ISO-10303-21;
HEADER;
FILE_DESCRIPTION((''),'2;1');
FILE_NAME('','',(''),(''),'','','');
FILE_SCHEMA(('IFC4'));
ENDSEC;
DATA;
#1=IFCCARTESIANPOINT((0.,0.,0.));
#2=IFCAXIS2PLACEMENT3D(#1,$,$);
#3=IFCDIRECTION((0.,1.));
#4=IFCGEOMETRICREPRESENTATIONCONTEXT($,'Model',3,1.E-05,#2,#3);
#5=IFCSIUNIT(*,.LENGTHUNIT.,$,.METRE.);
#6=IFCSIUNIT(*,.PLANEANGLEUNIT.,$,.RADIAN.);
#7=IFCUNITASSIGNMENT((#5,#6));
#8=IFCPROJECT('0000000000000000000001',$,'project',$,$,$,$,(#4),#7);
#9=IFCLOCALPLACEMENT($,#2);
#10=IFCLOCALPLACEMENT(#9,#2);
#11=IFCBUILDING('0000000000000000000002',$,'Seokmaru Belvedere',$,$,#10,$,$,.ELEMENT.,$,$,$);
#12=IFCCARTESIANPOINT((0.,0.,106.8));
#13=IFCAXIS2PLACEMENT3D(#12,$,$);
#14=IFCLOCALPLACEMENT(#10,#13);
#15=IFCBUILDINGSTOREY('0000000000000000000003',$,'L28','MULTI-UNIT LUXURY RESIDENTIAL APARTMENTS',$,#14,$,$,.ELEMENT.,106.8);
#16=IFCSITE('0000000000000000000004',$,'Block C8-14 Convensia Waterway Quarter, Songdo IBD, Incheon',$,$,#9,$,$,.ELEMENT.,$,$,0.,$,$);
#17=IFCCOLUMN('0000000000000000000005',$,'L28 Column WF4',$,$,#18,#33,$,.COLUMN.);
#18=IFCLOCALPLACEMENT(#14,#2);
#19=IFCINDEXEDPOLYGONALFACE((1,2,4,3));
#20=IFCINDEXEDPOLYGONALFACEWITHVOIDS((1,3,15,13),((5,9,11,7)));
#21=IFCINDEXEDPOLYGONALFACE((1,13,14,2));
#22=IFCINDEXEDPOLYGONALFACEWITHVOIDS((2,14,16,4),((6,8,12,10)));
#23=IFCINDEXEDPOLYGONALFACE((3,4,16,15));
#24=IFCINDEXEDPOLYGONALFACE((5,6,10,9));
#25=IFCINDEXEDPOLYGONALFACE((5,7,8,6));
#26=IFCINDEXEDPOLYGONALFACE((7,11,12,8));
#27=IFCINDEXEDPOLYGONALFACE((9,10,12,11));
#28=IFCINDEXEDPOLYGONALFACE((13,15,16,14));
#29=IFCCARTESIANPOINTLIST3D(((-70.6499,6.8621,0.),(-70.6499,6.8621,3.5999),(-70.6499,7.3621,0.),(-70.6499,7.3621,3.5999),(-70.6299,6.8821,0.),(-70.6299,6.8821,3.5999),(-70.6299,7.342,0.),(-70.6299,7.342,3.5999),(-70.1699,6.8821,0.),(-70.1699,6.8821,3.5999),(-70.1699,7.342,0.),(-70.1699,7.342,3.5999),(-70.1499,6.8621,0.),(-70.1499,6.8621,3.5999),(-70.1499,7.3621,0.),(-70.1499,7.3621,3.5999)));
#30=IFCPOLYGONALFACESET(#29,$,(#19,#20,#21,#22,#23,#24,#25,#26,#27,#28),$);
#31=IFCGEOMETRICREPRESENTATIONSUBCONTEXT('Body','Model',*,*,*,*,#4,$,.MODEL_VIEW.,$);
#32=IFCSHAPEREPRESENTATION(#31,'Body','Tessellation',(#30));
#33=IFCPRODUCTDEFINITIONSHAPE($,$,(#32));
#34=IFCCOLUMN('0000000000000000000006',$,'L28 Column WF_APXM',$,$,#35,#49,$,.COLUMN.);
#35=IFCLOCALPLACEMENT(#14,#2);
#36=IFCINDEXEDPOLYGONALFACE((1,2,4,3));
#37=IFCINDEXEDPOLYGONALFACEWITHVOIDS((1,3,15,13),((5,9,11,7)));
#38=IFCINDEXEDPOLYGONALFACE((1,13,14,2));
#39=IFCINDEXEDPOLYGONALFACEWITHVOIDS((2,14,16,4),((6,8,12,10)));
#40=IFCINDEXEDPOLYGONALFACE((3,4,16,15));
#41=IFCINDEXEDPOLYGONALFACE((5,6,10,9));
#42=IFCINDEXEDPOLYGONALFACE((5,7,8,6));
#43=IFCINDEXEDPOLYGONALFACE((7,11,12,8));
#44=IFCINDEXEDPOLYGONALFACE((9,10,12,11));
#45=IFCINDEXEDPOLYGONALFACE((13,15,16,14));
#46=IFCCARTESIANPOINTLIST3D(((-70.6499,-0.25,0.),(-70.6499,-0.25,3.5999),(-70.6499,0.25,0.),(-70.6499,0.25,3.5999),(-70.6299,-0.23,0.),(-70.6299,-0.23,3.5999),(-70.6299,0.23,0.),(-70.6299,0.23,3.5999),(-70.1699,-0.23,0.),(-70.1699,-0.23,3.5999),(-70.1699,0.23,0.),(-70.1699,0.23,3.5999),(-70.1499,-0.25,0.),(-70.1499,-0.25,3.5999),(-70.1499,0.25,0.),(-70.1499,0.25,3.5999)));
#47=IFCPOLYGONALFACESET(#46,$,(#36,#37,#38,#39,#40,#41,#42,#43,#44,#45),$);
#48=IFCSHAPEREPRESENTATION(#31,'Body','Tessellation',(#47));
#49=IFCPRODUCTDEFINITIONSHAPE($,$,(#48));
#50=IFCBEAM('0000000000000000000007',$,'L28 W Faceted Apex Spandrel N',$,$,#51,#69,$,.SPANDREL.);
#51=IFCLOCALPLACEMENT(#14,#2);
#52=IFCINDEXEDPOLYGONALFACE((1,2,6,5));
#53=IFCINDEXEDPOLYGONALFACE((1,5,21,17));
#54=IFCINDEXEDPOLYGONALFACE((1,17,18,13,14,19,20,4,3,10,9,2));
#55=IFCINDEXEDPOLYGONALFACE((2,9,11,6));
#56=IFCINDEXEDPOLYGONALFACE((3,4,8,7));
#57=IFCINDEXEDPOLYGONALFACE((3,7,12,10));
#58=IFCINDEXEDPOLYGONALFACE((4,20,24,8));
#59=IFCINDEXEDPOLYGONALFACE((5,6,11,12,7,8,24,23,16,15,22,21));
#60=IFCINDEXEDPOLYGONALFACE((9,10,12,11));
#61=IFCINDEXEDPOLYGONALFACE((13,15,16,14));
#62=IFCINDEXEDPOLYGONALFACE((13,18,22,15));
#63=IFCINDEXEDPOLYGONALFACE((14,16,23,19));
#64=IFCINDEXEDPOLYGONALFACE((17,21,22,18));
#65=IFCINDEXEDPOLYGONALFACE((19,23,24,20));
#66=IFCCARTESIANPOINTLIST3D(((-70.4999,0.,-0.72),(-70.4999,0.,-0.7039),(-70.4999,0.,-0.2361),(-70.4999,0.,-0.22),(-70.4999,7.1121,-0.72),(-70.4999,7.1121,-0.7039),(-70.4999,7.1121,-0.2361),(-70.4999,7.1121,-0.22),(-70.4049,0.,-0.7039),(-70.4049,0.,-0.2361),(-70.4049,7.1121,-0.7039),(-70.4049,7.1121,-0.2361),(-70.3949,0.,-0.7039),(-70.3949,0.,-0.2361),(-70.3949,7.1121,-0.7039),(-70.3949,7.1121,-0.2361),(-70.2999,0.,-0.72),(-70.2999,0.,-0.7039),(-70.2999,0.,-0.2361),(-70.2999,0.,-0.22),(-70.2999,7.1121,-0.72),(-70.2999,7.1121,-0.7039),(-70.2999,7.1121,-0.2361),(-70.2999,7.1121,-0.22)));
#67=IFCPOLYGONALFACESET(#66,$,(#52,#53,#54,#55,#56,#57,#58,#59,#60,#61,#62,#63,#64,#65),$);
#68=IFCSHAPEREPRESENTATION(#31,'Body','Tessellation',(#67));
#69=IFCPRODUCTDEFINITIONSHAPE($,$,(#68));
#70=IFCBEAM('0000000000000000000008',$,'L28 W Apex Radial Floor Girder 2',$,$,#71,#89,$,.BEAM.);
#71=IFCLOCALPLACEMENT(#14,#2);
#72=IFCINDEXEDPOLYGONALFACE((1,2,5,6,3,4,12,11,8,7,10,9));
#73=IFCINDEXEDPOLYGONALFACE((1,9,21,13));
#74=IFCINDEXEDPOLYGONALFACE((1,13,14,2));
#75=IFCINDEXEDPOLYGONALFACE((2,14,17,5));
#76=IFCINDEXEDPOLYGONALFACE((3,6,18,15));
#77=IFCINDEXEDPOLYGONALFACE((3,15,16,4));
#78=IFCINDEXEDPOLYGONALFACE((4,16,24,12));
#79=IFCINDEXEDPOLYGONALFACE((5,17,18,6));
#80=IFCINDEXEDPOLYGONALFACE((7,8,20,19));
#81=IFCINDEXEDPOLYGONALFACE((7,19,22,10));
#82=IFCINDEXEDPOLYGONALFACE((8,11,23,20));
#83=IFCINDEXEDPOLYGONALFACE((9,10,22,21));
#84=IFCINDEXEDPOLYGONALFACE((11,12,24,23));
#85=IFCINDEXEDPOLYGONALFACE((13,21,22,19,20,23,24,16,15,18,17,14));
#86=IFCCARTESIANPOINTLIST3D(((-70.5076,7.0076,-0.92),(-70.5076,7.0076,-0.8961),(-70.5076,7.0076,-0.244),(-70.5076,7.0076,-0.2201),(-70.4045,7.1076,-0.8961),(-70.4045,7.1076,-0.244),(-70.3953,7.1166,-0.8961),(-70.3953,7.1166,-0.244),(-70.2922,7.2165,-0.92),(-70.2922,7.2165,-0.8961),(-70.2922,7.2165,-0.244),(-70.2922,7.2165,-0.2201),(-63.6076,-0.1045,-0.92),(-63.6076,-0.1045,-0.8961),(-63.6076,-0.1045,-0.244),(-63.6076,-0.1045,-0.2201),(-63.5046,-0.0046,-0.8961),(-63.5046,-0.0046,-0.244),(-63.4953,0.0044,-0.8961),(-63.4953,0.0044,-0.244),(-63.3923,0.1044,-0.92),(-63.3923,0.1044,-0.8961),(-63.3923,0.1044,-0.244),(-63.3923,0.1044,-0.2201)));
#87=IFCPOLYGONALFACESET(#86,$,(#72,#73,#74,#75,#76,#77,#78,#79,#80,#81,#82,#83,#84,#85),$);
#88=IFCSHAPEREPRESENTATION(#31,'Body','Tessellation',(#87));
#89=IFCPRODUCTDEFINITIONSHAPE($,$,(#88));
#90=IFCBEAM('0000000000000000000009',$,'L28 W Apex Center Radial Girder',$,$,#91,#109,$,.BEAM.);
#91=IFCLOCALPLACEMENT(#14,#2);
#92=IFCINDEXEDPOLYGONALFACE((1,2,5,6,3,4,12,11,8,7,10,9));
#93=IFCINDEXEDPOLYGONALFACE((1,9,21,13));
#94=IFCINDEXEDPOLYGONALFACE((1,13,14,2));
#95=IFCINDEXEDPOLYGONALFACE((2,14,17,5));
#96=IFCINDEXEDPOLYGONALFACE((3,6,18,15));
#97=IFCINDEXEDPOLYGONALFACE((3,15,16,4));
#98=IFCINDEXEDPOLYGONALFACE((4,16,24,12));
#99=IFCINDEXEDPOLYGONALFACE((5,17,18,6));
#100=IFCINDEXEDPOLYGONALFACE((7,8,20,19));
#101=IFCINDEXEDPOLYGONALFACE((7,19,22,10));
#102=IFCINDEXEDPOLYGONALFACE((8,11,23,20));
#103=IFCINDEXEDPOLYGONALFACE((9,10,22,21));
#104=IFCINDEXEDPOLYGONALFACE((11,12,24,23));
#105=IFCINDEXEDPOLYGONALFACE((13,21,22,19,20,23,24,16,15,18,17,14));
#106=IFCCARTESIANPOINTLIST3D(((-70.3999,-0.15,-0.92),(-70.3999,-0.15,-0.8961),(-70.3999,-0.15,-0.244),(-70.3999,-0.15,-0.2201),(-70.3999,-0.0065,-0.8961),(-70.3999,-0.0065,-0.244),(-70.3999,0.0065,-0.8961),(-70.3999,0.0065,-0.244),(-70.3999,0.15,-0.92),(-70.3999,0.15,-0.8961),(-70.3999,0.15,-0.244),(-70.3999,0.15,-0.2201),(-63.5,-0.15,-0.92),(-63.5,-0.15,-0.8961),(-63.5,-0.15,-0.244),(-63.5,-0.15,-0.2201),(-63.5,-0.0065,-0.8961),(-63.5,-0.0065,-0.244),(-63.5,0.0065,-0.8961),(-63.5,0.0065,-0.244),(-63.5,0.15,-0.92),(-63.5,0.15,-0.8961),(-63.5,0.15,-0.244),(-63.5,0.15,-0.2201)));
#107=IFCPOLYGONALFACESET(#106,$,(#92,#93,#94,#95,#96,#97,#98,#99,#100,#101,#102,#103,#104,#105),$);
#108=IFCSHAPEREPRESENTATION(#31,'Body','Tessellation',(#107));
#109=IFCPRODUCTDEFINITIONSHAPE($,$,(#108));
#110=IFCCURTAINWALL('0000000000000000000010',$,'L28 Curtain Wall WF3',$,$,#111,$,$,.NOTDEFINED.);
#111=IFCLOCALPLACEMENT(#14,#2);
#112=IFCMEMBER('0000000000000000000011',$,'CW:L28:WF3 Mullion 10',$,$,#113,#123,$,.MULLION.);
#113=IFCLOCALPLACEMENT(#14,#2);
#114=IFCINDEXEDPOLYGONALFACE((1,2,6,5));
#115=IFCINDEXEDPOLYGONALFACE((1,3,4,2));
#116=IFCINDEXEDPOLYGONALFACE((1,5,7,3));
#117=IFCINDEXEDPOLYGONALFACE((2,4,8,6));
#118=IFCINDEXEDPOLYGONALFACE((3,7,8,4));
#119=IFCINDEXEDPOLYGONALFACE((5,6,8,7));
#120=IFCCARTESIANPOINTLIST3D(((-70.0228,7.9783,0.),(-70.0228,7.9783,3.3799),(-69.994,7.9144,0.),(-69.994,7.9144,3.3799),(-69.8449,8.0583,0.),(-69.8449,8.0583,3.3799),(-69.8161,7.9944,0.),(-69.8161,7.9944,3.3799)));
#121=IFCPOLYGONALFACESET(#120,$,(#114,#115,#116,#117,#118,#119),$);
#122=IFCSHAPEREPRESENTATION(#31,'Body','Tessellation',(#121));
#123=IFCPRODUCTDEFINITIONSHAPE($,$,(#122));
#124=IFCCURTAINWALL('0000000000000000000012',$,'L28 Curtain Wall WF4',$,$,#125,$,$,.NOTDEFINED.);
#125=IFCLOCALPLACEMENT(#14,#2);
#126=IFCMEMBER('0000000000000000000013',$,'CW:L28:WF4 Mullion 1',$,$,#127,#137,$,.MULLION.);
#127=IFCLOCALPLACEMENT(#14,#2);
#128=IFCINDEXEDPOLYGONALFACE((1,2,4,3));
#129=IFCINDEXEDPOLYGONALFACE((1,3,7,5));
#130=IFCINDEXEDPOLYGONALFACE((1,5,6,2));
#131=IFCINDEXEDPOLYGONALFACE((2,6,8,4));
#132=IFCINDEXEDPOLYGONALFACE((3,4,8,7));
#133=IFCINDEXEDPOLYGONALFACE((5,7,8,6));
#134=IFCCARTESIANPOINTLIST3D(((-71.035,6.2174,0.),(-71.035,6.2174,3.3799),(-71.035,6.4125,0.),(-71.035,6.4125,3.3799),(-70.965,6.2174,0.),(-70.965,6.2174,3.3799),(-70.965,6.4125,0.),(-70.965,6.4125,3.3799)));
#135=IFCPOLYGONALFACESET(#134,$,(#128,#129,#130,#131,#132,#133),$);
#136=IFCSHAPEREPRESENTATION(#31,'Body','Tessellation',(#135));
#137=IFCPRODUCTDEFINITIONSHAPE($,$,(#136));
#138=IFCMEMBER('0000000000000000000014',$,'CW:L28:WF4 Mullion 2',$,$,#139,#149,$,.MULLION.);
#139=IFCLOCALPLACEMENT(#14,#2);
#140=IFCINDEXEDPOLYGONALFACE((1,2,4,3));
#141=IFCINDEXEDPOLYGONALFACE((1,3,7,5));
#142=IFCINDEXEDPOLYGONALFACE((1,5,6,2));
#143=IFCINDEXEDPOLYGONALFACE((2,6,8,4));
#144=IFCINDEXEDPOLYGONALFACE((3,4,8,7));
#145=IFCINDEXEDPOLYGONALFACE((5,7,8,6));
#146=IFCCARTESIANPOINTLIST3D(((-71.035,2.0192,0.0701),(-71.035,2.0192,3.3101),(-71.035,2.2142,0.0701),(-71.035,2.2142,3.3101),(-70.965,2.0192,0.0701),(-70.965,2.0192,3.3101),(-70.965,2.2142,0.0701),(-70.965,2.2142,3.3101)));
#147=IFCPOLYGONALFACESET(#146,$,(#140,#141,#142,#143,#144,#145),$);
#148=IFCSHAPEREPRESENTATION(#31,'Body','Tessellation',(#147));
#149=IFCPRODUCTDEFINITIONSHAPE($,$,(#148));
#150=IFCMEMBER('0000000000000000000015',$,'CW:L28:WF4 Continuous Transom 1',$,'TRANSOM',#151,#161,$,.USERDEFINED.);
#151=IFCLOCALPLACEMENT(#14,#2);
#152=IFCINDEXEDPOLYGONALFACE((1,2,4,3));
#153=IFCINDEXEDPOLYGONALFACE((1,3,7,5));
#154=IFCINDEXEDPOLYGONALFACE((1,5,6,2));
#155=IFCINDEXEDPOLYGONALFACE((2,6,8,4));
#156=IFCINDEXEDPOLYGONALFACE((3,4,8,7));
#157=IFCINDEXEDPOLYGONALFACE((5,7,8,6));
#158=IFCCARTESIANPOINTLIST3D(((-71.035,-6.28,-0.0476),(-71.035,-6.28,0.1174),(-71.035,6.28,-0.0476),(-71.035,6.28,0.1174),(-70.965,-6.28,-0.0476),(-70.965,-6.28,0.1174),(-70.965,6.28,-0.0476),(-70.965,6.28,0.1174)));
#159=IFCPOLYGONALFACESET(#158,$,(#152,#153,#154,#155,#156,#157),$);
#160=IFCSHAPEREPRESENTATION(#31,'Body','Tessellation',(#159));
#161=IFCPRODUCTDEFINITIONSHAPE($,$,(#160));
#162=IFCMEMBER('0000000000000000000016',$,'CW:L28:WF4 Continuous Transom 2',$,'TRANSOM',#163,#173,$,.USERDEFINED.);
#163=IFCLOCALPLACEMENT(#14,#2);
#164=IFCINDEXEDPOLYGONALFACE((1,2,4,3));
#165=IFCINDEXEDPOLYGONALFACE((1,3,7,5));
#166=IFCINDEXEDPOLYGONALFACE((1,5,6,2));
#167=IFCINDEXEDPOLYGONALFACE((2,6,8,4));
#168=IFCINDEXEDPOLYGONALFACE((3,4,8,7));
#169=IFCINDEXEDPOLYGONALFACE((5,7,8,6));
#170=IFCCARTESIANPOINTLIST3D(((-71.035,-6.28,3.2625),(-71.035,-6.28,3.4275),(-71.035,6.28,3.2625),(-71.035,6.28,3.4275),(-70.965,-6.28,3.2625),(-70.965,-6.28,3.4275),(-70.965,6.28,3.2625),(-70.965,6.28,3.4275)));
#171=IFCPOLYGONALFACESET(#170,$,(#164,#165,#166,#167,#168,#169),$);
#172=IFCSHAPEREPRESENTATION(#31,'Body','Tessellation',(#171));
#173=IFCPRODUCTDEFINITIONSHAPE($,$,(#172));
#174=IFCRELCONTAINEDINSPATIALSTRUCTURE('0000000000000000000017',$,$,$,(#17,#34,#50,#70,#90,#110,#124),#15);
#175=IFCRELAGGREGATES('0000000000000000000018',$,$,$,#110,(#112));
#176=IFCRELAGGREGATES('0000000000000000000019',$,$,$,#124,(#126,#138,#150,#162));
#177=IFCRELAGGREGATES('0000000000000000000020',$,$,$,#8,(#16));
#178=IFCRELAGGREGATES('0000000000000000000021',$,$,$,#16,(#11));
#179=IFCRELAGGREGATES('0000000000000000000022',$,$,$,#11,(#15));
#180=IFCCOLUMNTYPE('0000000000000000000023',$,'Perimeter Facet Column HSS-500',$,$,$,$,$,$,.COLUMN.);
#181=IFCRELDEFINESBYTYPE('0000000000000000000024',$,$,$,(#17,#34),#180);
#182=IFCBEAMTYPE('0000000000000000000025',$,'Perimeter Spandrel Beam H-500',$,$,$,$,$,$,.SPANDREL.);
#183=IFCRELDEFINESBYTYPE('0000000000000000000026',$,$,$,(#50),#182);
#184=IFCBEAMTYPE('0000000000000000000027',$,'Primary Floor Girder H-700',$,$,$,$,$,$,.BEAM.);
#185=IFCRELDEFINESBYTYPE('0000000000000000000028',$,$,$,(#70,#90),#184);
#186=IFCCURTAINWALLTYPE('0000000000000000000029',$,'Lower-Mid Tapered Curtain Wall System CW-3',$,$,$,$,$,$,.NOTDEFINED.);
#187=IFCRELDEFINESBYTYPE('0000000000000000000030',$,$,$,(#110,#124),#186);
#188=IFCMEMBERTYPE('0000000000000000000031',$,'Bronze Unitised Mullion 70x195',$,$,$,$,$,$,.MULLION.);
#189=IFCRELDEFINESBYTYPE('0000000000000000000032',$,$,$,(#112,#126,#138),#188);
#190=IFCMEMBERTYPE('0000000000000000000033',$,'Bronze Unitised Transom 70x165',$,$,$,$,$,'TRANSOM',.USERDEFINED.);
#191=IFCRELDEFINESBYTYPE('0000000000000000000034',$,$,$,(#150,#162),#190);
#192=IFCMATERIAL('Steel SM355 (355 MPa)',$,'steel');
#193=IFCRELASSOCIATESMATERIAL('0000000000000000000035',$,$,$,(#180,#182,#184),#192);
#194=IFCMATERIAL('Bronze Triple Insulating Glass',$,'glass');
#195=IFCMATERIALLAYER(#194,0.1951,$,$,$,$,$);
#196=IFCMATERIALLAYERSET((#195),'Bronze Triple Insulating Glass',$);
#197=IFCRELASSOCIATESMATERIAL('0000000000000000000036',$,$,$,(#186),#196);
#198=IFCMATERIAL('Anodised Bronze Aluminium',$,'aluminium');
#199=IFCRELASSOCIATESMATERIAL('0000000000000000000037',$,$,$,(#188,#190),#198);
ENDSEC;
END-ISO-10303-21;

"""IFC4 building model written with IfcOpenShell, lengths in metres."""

from ifc_helpers import new_model, si_unit, direction, frame, origin, origin_2d, place, context, subcontext, project, spatial, rectangle, hollow_rectangle, i_section, extrude, source, transform, mapped, material, layer, layer_set, material_profile, profile_set, type_object, type_shapes, element, aggregate, save


model = new_model("IFC4")

# Units and contexts
model_context = context("Model", 3, precision=1e-05, world=origin(), true_north=direction((0.0, 1.0)))
body_context = subcontext(model_context, "Body", "Model", "MODEL_VIEW")
ifc_project = project(units=[si_unit("LENGTHUNIT", "METRE"), si_unit("PLANEANGLEUNIT", "RADIAN")], contexts=[model_context])

# Site, building, storey
site_placement = place(None, origin())
site = spatial("IfcSite", under=ifc_project, at=site_placement, Name="Block C8-14 Convensia Waterway Quarter, Songdo IBD, Incheon", CompositionType="ELEMENT", RefElevation=0.0)
building_placement = place(site_placement, origin())
building = spatial("IfcBuilding", under=site, at=building_placement, Name="Seokmaru Belvedere", CompositionType="ELEMENT")
storey_placement = place(building_placement, frame((0.0, 0.0, 106.8)))
storey = spatial("IfcBuildingStorey", under=building, at=storey_placement, Name="L28", Description="MULTI-UNIT LUXURY RESIDENTIAL APARTMENTS", CompositionType="ELEMENT", Elevation=106.8)

# Columns
ifc_material_1 = material(Name="Steel SM355 (355 MPa)", Category="steel")
ifc_material_profile_1 = material_profile(ifc_material_1, hollow_rectangle(XDim=0.5, YDim=0.5, WallThickness=0.02, at=origin_2d()), Name="HSS-500x500x20")
ifc_profile_set_1 = profile_set([ifc_material_profile_1], Name="Steel SM355 (355 MPa)")
column_type = type_object("IfcColumnType", Name="Perimeter Facet Column HSS-500", PredefinedType="COLUMN", material=ifc_profile_set_1)
shared_shape_1 = source(origin(), body_context, "Body", "SweptSolid", [
    extrude(hollow_rectangle(XDim=0.5, YDim=0.5, WallThickness=0.02, at=origin_2d()), origin(), (0.0, 0.0, 1.0), 3.5999),
])
type_shapes(column_type, [shared_shape_1])
for number, where, z_axis, x_axis, name in (
    (1, (-70.3999, 7.1121, 0.0), (0.0, 0.0, 1.0), (1.0, 0.0, 0.0), "L28 Column WF4"),
    (2, (-70.3999, 0.0, 0.0), (0.0, 0.0, 1.0), (1.0, 0.0, 0.0), "L28 Column WF_APXM"),
):
    element("IfcColumn", number, at=place(storey_placement, frame(where, z_axis=z_axis, x_axis=x_axis)), inside=storey, type_object=column_type, Name=name, PredefinedType="COLUMN", context=body_context, shape_type="MappedRepresentation", body=[
        mapped(shared_shape_1, transform((0.0, 0.0, 0.0), scale=1.0)),
    ])

# Beams
ifc_material_profile_2 = material_profile(ifc_material_1, i_section(OverallWidth=0.2, OverallDepth=0.5, WebThickness=0.01, FlangeThickness=0.0161, at=origin_2d()), Name="H-500x200x10x16")
ifc_profile_set_2 = profile_set([ifc_material_profile_2], Name="Steel SM355 (355 MPa)")
beam_type_1 = type_object("IfcBeamType", Name="Perimeter Spandrel Beam H-500", PredefinedType="SPANDREL", material=ifc_profile_set_2)
shared_shape_2 = source(origin(), body_context, "Body", "SweptSolid", [
    extrude(i_section(OverallWidth=0.2, OverallDepth=0.5, WebThickness=0.01, FlangeThickness=0.0161, at=origin_2d()), origin(), (0.0, 0.0, 1.0), 7.1121),
])
type_shapes(beam_type_1, [shared_shape_2])
beam_1_placement = place(storey_placement, frame((-70.3999, 0.0, -0.47), z_axis=(0.0, 1.0, 0.0), x_axis=(-1.0, 0.0, 0.0)))
element("IfcBeam", 3, at=beam_1_placement, inside=storey, type_object=beam_type_1, Name="L28 W Faceted Apex Spandrel N", PredefinedType="SPANDREL", context=body_context, shape_type="MappedRepresentation", body=[
    mapped(shared_shape_2, transform((0.0, 0.0, 0.0), scale=1.0)),
])
ifc_material_profile_3 = material_profile(ifc_material_1, i_section(OverallWidth=0.3, OverallDepth=0.7, WebThickness=0.0129, FlangeThickness=0.0239, at=origin_2d()), Name="H-700x300x13x24")
ifc_profile_set_3 = profile_set([ifc_material_profile_3], Name="Steel SM355 (355 MPa)")
beam_type_2 = type_object("IfcBeamType", Name="Primary Floor Girder H-700", PredefinedType="BEAM", material=ifc_profile_set_3)
shared_shape_3 = source(origin(), body_context, "Body", "SweptSolid", [
    extrude(i_section(OverallWidth=0.3, OverallDepth=0.7, WebThickness=0.0129, FlangeThickness=0.0239, at=origin_2d()), origin(), (0.0, 0.0, 1.0), 9.9092),
])
beam_2_placement = place(storey_placement, frame((-70.3999, 7.1121, -0.5701), z_axis=(0.696321, -0.717731, 0.0), x_axis=(0.717731, 0.696321, 0.0)))
element("IfcBeam", 4, at=beam_2_placement, inside=storey, type_object=beam_type_2, Name="L28 W Apex Radial Floor Girder 2", PredefinedType="BEAM", context=body_context, shape_type="MappedRepresentation", body=[
    mapped(shared_shape_3, transform((0.0, 0.0, 0.0), scale=1.0)),
])
shared_shape_4 = source(origin(), body_context, "Body", "SweptSolid", [
    extrude(i_section(OverallWidth=0.3, OverallDepth=0.7, WebThickness=0.0129, FlangeThickness=0.0239, at=origin_2d()), origin(), (0.0, 0.0, 1.0), 6.8999),
])
type_shapes(beam_type_2, [shared_shape_3, shared_shape_4])
beam_3_placement = place(storey_placement, frame((-70.3999, 0.0, -0.5701), z_axis=(1.0, 0.0, 0.0), x_axis=(0.0, 1.0, 0.0)))
element("IfcBeam", 5, at=beam_3_placement, inside=storey, type_object=beam_type_2, Name="L28 W Apex Center Radial Girder", PredefinedType="BEAM", context=body_context, shape_type="MappedRepresentation", body=[
    mapped(shared_shape_4, transform((0.0, 0.0, 0.0), scale=1.0)),
])

# Curtain wall, member
ifc_material_2 = material(Name="Bronze Triple Insulating Glass", Category="glass")
ifc_layer_1 = layer(ifc_material_2, 0.1951)
ifc_layer_set_1 = layer_set([ifc_layer_1], Name="Bronze Triple Insulating Glass")
curtain_wall_type = type_object("IfcCurtainWallType", Name="Lower-Mid Tapered Curtain Wall System CW-3", PredefinedType="NOTDEFINED", material=ifc_layer_set_1)
curtain_wall_1_placement = place(storey_placement, origin())
curtain_wall_1 = element("IfcCurtainWall", 6, at=curtain_wall_1_placement, inside=storey, type_object=curtain_wall_type, Name="L28 Curtain Wall WF3", PredefinedType="NOTDEFINED")
ifc_material_3 = material(Name="Anodised Bronze Aluminium", Category="aluminium")
ifc_material_profile_4 = material_profile(ifc_material_3, rectangle(XDim=0.0701, YDim=0.1951, at=origin_2d()), Name="CW-M-70x195")
ifc_profile_set_4 = profile_set([ifc_material_profile_4], Name="Anodised Bronze Aluminium")
member_type_1 = type_object("IfcMemberType", Name="Bronze Unitised Mullion 70x195", PredefinedType="MULLION", material=ifc_profile_set_4)
shared_shape_5 = source(origin(), body_context, "Body", "SweptSolid", [
    extrude(rectangle(XDim=0.0701, YDim=0.1951, at=origin_2d()), origin(), (0.0, 0.0, 1.0), 3.3799),
])
member_1_placement = place(storey_placement, frame((-69.9194, 7.9863, 0.0), z_axis=(0.0, 0.0, 1.0), x_axis=(0.410366, -0.911921, 0.0)))
member_1 = element("IfcMember", 7, at=member_1_placement, type_object=member_type_1, Name="CW:L28:WF3 Mullion 10", PredefinedType="MULLION", context=body_context, shape_type="MappedRepresentation", body=[
    mapped(shared_shape_5, transform((0.0, 0.0, 0.0), scale=1.0)),
])
aggregate(curtain_wall_1, [member_1])

# Curtain wall, members
curtain_wall_2_placement = place(storey_placement, origin())
curtain_wall_2 = element("IfcCurtainWall", 8, at=curtain_wall_2_placement, inside=storey, type_object=curtain_wall_type, Name="L28 Curtain Wall WF4", PredefinedType="NOTDEFINED")
member_2_placement = place(storey_placement, frame((-71.0, 6.3149, 0.0), z_axis=(0.0, 0.0, 1.0), x_axis=(1.0, 0.0, 0.0)))
member_2 = element("IfcMember", 9, at=member_2_placement, type_object=member_type_1, Name="CW:L28:WF4 Mullion 1", PredefinedType="MULLION", context=body_context, shape_type="MappedRepresentation", body=[
    mapped(shared_shape_5, transform((0.0, 0.0, 0.0), scale=1.0)),
])
shared_shape_6 = source(origin(), body_context, "Body", "SweptSolid", [
    extrude(rectangle(XDim=0.0701, YDim=0.1951, at=origin_2d()), origin(), (0.0, 0.0, 1.0), 3.24),
])
type_shapes(member_type_1, [shared_shape_5, shared_shape_6])
member_3_placement = place(storey_placement, frame((-71.0, 2.1167, 0.0701), z_axis=(0.0, 0.0, 1.0), x_axis=(1.0, 0.0, 0.0)))
member_3 = element("IfcMember", 10, at=member_3_placement, type_object=member_type_1, Name="CW:L28:WF4 Mullion 2", PredefinedType="MULLION", context=body_context, shape_type="MappedRepresentation", body=[
    mapped(shared_shape_6, transform((0.0, 0.0, 0.0), scale=1.0)),
])
ifc_material_profile_5 = material_profile(ifc_material_3, rectangle(XDim=0.0701, YDim=0.165, at=origin_2d()), Name="CW-T-70x165")
ifc_profile_set_5 = profile_set([ifc_material_profile_5], Name="Anodised Bronze Aluminium")
member_type_2 = type_object("IfcMemberType", Name="Bronze Unitised Transom 70x165", ElementType="TRANSOM", PredefinedType="USERDEFINED", material=ifc_profile_set_5)
shared_shape_7 = source(origin(), body_context, "Body", "SweptSolid", [
    extrude(rectangle(XDim=0.0701, YDim=0.165, at=origin_2d()), origin(), (0.0, 0.0, 1.0), 12.5601),
])
type_shapes(member_type_2, [shared_shape_7])
member_4_placement = place(storey_placement, frame((-71.0, 6.28, 0.0349), z_axis=(0.0, -1.0, 0.0), x_axis=(1.0, 0.0, 0.0)))
member_4 = element("IfcMember", 11, at=member_4_placement, type_object=member_type_2, Name="CW:L28:WF4 Continuous Transom 1", ObjectType="TRANSOM", PredefinedType="USERDEFINED", context=body_context, shape_type="MappedRepresentation", body=[
    mapped(shared_shape_7, transform((0.0, 0.0, 0.0), scale=1.0)),
])
member_5_placement = place(storey_placement, frame((-71.0, 6.28, 3.345), z_axis=(0.0, -1.0, 0.0), x_axis=(1.0, 0.0, 0.0)))
member_5 = element("IfcMember", 12, at=member_5_placement, type_object=member_type_2, Name="CW:L28:WF4 Continuous Transom 2", ObjectType="TRANSOM", PredefinedType="USERDEFINED", context=body_context, shape_type="MappedRepresentation", body=[
    mapped(shared_shape_7, transform((0.0, 0.0, 0.0), scale=1.0)),
])
aggregate(curtain_wall_2, [member_2, member_3, member_4, member_5])

save(model, "model.ifc")
